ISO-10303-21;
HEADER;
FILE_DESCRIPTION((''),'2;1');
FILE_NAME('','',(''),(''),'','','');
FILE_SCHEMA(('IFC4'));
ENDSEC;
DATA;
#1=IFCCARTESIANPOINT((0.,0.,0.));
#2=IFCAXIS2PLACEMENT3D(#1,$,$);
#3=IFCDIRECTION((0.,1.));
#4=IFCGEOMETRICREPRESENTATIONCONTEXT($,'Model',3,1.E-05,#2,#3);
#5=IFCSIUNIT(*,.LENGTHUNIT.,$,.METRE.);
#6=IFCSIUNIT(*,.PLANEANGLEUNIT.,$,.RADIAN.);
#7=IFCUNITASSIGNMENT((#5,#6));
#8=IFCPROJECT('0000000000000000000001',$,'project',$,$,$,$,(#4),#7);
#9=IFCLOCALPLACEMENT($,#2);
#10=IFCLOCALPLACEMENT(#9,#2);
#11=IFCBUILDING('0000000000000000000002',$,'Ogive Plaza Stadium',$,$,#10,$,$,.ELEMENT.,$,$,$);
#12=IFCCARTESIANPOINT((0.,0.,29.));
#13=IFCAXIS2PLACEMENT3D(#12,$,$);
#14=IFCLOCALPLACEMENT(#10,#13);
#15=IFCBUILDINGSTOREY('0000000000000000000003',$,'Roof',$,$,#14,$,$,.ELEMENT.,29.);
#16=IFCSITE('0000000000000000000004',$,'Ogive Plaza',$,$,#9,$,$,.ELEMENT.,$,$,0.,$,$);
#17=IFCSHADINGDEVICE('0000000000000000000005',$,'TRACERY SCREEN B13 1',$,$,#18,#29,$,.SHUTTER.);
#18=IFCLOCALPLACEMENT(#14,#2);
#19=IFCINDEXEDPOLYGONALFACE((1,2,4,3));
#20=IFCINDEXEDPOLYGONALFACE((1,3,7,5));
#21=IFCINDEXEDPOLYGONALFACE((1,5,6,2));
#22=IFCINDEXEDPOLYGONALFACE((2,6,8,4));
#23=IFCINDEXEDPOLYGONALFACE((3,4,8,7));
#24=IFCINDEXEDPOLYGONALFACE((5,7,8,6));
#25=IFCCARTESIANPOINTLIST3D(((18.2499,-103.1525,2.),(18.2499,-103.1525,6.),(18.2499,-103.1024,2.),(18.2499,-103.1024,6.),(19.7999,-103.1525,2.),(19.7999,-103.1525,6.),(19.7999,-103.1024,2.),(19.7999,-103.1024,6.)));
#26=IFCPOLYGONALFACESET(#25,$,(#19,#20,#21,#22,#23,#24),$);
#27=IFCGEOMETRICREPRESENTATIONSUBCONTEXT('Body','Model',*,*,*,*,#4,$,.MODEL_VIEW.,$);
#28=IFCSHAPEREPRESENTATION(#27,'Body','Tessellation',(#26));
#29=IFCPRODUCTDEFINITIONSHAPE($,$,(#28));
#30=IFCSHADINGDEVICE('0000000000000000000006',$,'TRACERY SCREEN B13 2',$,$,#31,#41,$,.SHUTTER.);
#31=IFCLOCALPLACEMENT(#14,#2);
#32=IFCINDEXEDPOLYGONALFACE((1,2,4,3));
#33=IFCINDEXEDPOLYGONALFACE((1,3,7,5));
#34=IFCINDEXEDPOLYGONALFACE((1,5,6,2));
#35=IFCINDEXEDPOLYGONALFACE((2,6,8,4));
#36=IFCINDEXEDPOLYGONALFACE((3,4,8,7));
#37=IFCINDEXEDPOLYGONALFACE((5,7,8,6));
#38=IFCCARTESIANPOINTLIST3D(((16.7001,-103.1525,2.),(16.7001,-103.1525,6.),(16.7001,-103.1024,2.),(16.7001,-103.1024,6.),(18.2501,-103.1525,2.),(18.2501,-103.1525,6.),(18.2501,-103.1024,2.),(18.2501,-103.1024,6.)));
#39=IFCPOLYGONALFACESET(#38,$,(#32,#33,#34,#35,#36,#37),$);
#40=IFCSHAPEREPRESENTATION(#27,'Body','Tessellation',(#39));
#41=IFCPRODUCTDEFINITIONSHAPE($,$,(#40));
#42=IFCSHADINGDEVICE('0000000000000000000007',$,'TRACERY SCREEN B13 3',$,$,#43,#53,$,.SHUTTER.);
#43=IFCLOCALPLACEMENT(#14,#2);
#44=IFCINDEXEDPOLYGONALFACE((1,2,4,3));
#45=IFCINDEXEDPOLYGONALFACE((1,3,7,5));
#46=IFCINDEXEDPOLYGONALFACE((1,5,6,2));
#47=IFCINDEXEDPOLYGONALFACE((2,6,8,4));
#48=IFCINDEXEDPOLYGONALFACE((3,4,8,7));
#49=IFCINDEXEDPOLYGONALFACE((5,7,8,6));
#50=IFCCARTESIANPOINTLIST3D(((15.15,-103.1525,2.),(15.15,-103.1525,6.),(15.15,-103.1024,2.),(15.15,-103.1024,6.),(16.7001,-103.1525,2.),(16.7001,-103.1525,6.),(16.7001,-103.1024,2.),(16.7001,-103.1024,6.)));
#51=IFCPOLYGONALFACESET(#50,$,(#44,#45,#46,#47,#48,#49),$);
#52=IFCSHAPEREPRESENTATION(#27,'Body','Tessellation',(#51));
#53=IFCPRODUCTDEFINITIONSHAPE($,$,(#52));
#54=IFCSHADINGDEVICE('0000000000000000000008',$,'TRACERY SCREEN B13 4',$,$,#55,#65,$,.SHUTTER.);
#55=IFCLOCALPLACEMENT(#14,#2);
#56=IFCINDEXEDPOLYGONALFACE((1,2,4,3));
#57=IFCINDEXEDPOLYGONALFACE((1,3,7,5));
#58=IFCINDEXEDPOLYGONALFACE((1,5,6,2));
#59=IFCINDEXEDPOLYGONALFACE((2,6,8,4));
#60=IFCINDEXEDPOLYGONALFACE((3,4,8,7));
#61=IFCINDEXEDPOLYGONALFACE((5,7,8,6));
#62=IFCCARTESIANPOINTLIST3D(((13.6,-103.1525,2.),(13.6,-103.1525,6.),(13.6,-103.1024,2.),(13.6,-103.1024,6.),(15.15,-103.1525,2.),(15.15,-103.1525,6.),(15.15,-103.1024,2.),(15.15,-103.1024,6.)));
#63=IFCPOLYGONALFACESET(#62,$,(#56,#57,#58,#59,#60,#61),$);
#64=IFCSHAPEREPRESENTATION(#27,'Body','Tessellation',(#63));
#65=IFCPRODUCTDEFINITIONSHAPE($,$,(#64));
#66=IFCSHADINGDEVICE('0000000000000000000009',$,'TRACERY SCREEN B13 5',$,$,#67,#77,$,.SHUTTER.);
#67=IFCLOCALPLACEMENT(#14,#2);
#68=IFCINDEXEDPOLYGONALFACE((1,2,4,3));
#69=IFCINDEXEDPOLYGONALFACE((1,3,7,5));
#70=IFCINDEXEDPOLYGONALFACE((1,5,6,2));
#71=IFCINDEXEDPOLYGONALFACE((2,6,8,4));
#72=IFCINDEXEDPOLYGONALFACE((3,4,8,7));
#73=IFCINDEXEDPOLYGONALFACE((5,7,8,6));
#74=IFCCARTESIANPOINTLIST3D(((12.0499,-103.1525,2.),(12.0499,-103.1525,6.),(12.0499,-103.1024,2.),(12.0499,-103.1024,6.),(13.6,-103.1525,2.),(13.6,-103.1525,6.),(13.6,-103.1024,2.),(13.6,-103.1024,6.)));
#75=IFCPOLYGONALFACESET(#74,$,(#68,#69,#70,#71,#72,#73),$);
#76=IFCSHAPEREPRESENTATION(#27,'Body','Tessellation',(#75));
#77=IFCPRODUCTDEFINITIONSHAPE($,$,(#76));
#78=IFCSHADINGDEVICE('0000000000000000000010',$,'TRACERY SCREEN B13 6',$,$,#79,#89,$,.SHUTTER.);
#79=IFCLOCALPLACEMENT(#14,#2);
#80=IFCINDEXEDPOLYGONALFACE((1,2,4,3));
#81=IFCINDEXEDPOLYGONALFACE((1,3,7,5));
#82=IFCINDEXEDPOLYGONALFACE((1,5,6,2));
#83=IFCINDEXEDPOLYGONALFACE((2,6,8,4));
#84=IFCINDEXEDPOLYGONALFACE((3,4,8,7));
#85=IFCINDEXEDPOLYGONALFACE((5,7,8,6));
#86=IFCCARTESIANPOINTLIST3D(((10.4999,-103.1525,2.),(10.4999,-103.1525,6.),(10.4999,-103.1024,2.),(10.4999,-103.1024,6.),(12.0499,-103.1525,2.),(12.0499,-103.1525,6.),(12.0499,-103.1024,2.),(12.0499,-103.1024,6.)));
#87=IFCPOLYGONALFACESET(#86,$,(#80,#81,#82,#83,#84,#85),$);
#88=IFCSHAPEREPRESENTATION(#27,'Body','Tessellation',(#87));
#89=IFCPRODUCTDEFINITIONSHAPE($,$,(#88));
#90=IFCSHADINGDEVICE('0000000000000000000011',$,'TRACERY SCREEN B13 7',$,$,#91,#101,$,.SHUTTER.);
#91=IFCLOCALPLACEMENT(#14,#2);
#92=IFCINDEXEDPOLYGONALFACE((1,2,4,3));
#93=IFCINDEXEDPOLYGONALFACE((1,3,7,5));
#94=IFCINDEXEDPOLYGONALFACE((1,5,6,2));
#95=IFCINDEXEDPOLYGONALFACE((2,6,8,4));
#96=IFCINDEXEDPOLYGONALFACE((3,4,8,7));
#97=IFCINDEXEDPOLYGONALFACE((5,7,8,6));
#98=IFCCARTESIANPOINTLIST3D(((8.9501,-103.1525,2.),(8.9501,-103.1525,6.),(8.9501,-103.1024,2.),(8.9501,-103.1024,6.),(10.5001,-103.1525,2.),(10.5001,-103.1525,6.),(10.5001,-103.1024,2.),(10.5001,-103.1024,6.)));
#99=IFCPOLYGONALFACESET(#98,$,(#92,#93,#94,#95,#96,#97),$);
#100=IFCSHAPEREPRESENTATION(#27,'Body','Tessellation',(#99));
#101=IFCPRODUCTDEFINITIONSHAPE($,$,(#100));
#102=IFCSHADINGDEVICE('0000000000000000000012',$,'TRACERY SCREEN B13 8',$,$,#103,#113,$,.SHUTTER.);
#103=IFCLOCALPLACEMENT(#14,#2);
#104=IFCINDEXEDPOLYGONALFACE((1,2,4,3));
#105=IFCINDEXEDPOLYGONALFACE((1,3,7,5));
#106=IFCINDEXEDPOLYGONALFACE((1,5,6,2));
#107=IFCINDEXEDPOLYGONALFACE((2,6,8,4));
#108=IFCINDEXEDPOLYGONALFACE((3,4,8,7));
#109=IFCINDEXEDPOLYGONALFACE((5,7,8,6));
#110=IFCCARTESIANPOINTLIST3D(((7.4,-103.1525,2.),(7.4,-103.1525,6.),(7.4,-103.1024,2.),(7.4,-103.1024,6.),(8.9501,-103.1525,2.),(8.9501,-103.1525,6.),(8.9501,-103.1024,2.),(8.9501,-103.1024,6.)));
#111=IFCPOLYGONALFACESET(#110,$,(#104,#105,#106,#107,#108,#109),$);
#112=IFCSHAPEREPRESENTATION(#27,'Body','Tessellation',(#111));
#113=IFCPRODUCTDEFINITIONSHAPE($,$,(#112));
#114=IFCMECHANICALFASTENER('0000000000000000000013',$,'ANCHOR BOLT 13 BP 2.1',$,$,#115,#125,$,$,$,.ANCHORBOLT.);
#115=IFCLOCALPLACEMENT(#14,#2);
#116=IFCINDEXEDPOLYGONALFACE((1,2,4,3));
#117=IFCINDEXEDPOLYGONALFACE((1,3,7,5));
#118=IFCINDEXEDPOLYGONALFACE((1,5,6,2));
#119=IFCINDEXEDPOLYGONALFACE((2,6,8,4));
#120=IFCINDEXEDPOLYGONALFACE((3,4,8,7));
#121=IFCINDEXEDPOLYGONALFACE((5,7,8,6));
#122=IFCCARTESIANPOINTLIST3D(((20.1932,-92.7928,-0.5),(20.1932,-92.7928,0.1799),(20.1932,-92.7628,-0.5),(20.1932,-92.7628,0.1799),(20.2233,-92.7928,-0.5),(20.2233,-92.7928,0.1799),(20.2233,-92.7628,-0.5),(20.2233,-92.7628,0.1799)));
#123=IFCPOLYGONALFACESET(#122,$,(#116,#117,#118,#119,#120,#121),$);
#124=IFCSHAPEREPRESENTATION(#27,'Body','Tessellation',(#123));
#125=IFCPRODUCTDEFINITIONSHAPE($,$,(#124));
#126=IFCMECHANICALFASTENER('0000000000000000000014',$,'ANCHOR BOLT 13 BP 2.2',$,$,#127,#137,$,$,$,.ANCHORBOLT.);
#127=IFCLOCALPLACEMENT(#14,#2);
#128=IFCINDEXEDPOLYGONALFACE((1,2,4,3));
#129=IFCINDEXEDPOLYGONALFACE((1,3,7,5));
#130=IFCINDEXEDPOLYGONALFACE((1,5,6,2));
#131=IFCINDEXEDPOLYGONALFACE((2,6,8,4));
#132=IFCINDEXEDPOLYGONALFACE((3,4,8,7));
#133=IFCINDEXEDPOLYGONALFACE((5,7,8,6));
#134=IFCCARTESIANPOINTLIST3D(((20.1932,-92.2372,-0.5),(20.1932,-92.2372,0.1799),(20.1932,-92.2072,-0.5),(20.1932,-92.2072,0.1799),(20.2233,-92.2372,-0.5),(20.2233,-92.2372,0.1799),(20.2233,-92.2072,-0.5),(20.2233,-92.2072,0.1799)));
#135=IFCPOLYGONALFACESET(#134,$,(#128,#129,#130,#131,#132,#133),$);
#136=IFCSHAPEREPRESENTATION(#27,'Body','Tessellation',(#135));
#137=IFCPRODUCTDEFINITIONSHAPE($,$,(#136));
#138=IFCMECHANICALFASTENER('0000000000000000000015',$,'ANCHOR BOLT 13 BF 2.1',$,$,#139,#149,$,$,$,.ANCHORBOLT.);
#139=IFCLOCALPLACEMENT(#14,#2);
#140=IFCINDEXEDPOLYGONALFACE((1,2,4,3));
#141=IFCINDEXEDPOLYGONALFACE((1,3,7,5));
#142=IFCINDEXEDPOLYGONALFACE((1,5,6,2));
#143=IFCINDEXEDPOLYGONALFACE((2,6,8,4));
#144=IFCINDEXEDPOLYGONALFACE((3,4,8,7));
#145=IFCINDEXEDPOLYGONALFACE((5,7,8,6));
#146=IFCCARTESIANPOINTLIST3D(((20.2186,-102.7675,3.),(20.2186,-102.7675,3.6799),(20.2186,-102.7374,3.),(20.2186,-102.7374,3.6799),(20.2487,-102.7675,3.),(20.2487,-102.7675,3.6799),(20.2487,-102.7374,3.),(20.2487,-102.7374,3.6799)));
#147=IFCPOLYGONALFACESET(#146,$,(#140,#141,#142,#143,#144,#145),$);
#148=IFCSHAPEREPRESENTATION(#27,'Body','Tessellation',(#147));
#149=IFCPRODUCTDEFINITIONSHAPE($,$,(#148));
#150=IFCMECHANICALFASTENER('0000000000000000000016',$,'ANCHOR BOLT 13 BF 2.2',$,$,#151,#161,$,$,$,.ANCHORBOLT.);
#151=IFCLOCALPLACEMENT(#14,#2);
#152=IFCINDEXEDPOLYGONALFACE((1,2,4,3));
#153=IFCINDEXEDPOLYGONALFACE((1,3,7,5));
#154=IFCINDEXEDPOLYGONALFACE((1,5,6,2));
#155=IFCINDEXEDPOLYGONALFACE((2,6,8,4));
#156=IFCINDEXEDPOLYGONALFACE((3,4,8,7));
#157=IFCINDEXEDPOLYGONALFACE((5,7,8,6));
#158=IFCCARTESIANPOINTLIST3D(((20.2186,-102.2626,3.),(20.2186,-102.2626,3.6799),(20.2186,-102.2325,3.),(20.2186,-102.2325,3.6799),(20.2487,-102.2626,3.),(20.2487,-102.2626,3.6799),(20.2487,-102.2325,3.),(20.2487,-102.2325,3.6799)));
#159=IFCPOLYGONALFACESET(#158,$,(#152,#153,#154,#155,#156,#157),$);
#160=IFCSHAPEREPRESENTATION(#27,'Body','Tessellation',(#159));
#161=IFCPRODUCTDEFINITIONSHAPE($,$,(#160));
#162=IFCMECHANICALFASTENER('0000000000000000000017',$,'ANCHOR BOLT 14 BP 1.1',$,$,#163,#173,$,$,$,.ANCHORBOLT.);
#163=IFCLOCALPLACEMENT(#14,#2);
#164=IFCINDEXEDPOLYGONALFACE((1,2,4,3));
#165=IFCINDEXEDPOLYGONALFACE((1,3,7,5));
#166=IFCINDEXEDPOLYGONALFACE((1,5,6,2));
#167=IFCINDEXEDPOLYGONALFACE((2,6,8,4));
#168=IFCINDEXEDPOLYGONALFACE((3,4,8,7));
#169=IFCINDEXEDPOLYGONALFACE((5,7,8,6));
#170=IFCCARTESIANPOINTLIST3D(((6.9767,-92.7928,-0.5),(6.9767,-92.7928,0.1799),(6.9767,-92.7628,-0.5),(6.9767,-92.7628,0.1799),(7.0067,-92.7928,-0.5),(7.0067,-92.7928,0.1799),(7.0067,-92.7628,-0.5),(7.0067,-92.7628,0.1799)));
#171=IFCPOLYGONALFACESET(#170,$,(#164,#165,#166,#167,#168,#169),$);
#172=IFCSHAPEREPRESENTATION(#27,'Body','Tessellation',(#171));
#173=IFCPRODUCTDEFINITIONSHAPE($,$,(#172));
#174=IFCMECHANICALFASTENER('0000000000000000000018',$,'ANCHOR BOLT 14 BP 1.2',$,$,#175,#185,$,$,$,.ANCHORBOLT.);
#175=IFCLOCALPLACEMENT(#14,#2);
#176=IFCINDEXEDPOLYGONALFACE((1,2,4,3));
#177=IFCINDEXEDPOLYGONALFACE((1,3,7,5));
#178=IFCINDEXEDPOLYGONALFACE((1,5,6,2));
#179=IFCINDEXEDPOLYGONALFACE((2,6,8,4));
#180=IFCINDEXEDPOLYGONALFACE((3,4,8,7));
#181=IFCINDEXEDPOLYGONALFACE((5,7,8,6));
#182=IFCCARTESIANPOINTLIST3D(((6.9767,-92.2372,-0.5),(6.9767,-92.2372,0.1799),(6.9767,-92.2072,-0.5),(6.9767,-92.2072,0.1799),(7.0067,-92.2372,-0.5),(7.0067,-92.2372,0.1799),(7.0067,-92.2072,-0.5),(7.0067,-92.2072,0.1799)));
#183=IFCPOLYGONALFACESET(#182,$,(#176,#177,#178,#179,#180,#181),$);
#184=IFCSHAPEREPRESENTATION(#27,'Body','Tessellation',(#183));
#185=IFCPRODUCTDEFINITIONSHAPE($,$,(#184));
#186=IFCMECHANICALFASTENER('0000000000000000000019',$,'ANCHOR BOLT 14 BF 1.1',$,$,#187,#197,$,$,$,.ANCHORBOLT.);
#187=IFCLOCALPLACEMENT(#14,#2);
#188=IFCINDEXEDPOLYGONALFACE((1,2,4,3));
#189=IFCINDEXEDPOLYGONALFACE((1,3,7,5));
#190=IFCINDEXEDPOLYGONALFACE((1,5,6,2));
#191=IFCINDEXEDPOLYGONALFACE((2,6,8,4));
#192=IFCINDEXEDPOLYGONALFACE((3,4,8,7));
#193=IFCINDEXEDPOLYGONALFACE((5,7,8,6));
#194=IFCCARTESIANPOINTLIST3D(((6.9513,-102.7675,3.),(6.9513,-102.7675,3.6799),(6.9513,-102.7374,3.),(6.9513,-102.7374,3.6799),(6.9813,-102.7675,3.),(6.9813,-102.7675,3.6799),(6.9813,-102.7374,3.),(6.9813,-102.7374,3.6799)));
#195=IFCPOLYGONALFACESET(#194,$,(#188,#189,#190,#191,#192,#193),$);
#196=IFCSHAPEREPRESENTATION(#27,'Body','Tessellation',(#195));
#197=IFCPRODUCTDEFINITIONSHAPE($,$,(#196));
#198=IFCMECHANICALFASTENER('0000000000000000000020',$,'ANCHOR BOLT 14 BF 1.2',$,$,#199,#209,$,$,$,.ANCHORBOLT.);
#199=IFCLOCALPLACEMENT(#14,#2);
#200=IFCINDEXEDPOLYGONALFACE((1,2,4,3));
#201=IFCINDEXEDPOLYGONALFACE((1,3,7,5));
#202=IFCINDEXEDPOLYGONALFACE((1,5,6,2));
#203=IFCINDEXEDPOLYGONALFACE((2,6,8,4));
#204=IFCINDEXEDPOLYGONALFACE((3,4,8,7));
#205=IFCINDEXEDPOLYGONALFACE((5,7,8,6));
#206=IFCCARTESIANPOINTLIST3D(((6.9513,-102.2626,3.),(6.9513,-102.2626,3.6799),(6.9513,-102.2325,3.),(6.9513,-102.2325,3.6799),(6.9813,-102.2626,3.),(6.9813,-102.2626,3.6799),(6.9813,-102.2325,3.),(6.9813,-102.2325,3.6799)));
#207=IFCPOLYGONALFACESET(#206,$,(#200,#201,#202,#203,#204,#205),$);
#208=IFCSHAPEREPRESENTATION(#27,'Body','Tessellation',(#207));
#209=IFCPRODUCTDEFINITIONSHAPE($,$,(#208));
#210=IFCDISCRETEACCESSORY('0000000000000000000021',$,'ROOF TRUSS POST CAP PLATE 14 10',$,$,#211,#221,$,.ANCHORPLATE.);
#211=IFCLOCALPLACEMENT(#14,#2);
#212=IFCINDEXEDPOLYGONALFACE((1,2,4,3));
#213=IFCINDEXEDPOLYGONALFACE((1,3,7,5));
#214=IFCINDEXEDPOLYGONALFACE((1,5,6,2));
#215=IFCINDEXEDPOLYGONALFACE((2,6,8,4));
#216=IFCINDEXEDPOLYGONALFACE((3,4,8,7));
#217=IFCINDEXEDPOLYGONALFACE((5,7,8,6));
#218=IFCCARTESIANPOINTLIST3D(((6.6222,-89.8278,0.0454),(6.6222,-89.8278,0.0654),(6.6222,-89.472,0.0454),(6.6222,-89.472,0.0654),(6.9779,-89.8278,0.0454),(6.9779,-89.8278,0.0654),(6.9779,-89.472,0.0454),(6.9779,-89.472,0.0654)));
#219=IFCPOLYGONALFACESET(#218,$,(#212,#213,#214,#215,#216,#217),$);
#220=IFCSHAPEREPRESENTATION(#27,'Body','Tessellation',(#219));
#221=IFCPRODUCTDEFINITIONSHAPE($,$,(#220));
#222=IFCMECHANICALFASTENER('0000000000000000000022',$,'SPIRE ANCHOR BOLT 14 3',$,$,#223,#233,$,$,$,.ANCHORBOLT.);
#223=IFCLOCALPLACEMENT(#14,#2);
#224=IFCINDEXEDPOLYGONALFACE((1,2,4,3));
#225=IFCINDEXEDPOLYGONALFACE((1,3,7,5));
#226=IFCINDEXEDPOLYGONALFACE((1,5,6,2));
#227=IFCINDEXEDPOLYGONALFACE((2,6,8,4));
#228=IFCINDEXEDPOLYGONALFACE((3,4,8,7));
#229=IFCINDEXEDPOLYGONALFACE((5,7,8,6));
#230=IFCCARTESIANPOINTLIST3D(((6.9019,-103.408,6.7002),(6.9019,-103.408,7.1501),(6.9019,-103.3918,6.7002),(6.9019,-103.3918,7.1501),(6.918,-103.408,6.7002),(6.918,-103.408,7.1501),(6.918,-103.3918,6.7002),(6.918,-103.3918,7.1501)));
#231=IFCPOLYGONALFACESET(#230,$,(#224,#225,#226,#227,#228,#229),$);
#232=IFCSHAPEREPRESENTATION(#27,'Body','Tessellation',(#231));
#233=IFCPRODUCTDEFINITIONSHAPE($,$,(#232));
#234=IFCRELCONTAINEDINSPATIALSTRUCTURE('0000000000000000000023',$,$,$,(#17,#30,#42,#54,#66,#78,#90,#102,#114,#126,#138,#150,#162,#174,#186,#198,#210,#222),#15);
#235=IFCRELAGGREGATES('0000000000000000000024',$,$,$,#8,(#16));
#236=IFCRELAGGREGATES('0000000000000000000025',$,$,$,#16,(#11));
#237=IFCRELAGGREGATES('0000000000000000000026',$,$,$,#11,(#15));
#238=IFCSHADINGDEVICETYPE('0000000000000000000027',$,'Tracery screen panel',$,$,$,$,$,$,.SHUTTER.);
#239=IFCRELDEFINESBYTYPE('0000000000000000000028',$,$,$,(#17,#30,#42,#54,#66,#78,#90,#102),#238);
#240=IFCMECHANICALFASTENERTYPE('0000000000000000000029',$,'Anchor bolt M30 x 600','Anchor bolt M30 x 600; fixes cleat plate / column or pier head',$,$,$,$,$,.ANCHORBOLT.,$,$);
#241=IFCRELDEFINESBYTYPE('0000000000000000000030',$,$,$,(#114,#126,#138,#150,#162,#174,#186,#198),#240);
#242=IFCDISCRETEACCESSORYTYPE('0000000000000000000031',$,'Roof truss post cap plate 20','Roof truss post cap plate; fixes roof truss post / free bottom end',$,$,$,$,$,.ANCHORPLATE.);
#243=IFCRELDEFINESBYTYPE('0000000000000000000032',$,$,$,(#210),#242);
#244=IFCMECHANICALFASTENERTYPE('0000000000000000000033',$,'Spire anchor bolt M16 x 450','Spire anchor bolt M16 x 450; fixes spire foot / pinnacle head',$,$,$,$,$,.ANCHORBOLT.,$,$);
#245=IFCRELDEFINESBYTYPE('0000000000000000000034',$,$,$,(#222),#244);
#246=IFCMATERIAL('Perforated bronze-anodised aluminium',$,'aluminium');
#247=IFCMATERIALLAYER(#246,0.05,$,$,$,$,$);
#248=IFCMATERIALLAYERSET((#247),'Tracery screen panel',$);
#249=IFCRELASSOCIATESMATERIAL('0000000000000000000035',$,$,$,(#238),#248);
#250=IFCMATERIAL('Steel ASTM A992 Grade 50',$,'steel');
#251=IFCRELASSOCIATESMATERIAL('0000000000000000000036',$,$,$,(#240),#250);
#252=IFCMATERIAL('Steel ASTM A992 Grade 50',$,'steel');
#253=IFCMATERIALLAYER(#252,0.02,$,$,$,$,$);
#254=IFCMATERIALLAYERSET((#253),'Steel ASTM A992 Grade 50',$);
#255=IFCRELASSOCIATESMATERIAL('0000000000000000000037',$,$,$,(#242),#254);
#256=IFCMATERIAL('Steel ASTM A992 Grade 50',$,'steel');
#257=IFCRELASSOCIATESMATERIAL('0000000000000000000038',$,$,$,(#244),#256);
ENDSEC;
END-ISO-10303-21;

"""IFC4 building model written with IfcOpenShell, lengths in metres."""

from ifc_helpers import new_model, si_unit, direction, frame, origin, origin_2d, place, context, subcontext, project, spatial, rectangle, extrude, material, layer, layer_set, type_object, element, save


model = new_model("IFC4")

# Units and contexts
model_context = context("Model", 3, precision=1e-05, world=origin(), true_north=direction((0.0, 1.0)))
body_context = subcontext(model_context, "Body", "Model", "MODEL_VIEW")
ifc_project = project(units=[si_unit("LENGTHUNIT", "METRE"), si_unit("PLANEANGLEUNIT", "RADIAN")], contexts=[model_context])

# Site, building, storey
site_placement = place(None, origin())
site = spatial("IfcSite", under=ifc_project, at=site_placement, Name="Ogive Plaza", CompositionType="ELEMENT", RefElevation=0.0)
building_placement = place(site_placement, origin())
building = spatial("IfcBuilding", under=site, at=building_placement, Name="Ogive Plaza Stadium", CompositionType="ELEMENT")
storey_placement = place(building_placement, frame((0.0, 0.0, 29.0)))
storey = spatial("IfcBuildingStorey", under=building, at=storey_placement, Name="Roof", CompositionType="ELEMENT", Elevation=29.0)

# Shading devices
ifc_material_1 = material(Name="Perforated bronze-anodised aluminium", Category="aluminium")
ifc_layer_1 = layer(ifc_material_1, 0.05)
ifc_layer_set_1 = layer_set([ifc_layer_1], Name="Tracery screen panel")
shading_device_type = type_object("IfcShadingDeviceType", Name="Tracery screen panel", PredefinedType="SHUTTER", material=ifc_layer_set_1)
for number, where, z_axis, x_axis, name in (
    (1, (19.0249, -103.1274, 2.0), (0.0, 0.0, 1.0), (-1.0, 0.0, 0.0), "TRACERY SCREEN B13 1"),
    (2, (17.4751, -103.1274, 2.0), (0.0, 0.0, 1.0), (-1.0, 0.0, 0.0), "TRACERY SCREEN B13 2"),
    (3, (15.925, -103.1274, 2.0), (0.0, 0.0, 1.0), (-1.0, 0.0, 0.0), "TRACERY SCREEN B13 3"),
    (4, (14.375, -103.1274, 2.0), (0.0, 0.0, 1.0), (-1.0, 0.0, 0.0), "TRACERY SCREEN B13 4"),
    (5, (12.825, -103.1274, 2.0), (0.0, 0.0, 1.0), (-1.0, 0.0, 0.0), "TRACERY SCREEN B13 5"),
    (6, (11.2749, -103.1274, 2.0), (0.0, 0.0, 1.0), (-1.0, 0.0, 0.0), "TRACERY SCREEN B13 6"),
    (7, (9.7251, -103.1274, 2.0), (0.0, 0.0, 1.0), (-1.0, 0.0, 0.0), "TRACERY SCREEN B13 7"),
    (8, (8.175, -103.1274, 2.0), (0.0, 0.0, 1.0), (-1.0, 0.0, 0.0), "TRACERY SCREEN B13 8"),
):
    element("IfcShadingDevice", number, at=place(storey_placement, frame(where, z_axis=z_axis, x_axis=x_axis)), inside=storey, type_object=shading_device_type, Name=name, PredefinedType="SHUTTER", context=body_context, shape_type="SweptSolid", body=[
        extrude(rectangle(XDim=1.55, YDim=0.05, at=origin_2d()), origin(), (0.0, 0.0, 1.0), 4.0),
    ])

# Mechanical fasteners
ifc_material_2 = material(Name="Steel ASTM A992 Grade 50", Category="steel")
mechanical_fastener_type_1 = type_object("IfcMechanicalFastenerType", Name="Anchor bolt M30 x 600", Description="Anchor bolt M30 x 600; fixes cleat plate / column or pier head", PredefinedType="ANCHORBOLT", material=ifc_material_2)
for number, where, z_axis, x_axis, name in (
    (9, (20.2083, -92.7778, -0.5), (0.0, 0.0, 1.0), (0.0, -1.0, 0.0), "ANCHOR BOLT 13 BP 2.1"),
    (10, (20.2083, -92.2222, -0.5), (0.0, 0.0, 1.0), (0.0, -1.0, 0.0), "ANCHOR BOLT 13 BP 2.2"),
    (11, (20.2336, -102.7524, 3.0), (0.0, 0.0, 1.0), (0.0, -1.0, 0.0), "ANCHOR BOLT 13 BF 2.1"),
    (12, (20.2336, -102.2476, 3.0), (0.0, 0.0, 1.0), (0.0, -1.0, 0.0), "ANCHOR BOLT 13 BF 2.2"),
    (13, (6.9917, -92.7778, -0.5), (0.0, 0.0, 1.0), (0.0, -1.0, 0.0), "ANCHOR BOLT 14 BP 1.1"),
    (14, (6.9917, -92.2222, -0.5), (0.0, 0.0, 1.0), (0.0, -1.0, 0.0), "ANCHOR BOLT 14 BP 1.2"),
    (15, (6.9663, -102.7524, 3.0), (0.0, 0.0, 1.0), (0.0, -1.0, 0.0), "ANCHOR BOLT 14 BF 1.1"),
    (16, (6.9663, -102.2476, 3.0), (0.0, 0.0, 1.0), (0.0, -1.0, 0.0), "ANCHOR BOLT 14 BF 1.2"),
):
    element("IfcMechanicalFastener", number, at=place(storey_placement, frame(where, z_axis=z_axis, x_axis=x_axis)), inside=storey, type_object=mechanical_fastener_type_1, Name=name, PredefinedType="ANCHORBOLT", context=body_context, shape_type="SweptSolid", body=[
        extrude(rectangle(XDim=0.03, YDim=0.03, at=origin_2d()), origin(), (0.0, 0.0, 1.0), 0.6799),
    ])

# Discrete accessory
ifc_material_3 = material(Name="Steel ASTM A992 Grade 50", Category="steel")
ifc_layer_2 = layer(ifc_material_3, 0.02)
ifc_layer_set_2 = layer_set([ifc_layer_2], Name="Steel ASTM A992 Grade 50")
discrete_accessory_type_1 = type_object("IfcDiscreteAccessoryType", Name="Roof truss post cap plate 20", Description="Roof truss post cap plate; fixes roof truss post / free bottom end", PredefinedType="ANCHORPLATE", material=ifc_layer_set_2)
discrete_accessory_placement = place(storey_placement, frame((6.8, -89.6499, 0.0454), z_axis=(0.0, 0.0, 1.0), x_axis=(0.0, -1.0, 0.0)))
element("IfcDiscreteAccessory", 17, at=discrete_accessory_placement, inside=storey, type_object=discrete_accessory_type_1, Name="ROOF TRUSS POST CAP PLATE 14 10", PredefinedType="ANCHORPLATE", context=body_context, shape_type="SweptSolid", body=[
    extrude(rectangle(XDim=0.3557, YDim=0.3557, at=origin_2d()), origin(), (0.0, 0.0, 1.0), 0.02),
])

# Mechanical fastener
ifc_material_4 = material(Name="Steel ASTM A992 Grade 50", Category="steel")
mechanical_fastener_type_2 = type_object("IfcMechanicalFastenerType", Name="Spire anchor bolt M16 x 450", Description="Spire anchor bolt M16 x 450; fixes spire foot / pinnacle head", PredefinedType="ANCHORBOLT", material=ifc_material_4)
mechanical_fastener_placement = place(storey_placement, frame((6.9099, -103.3999, 6.7002), z_axis=(0.0, 0.0, 1.0), x_axis=(0.0, -1.0, 0.0)))
element("IfcMechanicalFastener", 18, at=mechanical_fastener_placement, inside=storey, type_object=mechanical_fastener_type_2, Name="SPIRE ANCHOR BOLT 14 3", PredefinedType="ANCHORBOLT", context=body_context, shape_type="SweptSolid", body=[
    extrude(rectangle(XDim=0.0161, YDim=0.0161, at=origin_2d()), origin(), (0.0, 0.0, 1.0), 0.45),
])

save(model, "model.ifc")
